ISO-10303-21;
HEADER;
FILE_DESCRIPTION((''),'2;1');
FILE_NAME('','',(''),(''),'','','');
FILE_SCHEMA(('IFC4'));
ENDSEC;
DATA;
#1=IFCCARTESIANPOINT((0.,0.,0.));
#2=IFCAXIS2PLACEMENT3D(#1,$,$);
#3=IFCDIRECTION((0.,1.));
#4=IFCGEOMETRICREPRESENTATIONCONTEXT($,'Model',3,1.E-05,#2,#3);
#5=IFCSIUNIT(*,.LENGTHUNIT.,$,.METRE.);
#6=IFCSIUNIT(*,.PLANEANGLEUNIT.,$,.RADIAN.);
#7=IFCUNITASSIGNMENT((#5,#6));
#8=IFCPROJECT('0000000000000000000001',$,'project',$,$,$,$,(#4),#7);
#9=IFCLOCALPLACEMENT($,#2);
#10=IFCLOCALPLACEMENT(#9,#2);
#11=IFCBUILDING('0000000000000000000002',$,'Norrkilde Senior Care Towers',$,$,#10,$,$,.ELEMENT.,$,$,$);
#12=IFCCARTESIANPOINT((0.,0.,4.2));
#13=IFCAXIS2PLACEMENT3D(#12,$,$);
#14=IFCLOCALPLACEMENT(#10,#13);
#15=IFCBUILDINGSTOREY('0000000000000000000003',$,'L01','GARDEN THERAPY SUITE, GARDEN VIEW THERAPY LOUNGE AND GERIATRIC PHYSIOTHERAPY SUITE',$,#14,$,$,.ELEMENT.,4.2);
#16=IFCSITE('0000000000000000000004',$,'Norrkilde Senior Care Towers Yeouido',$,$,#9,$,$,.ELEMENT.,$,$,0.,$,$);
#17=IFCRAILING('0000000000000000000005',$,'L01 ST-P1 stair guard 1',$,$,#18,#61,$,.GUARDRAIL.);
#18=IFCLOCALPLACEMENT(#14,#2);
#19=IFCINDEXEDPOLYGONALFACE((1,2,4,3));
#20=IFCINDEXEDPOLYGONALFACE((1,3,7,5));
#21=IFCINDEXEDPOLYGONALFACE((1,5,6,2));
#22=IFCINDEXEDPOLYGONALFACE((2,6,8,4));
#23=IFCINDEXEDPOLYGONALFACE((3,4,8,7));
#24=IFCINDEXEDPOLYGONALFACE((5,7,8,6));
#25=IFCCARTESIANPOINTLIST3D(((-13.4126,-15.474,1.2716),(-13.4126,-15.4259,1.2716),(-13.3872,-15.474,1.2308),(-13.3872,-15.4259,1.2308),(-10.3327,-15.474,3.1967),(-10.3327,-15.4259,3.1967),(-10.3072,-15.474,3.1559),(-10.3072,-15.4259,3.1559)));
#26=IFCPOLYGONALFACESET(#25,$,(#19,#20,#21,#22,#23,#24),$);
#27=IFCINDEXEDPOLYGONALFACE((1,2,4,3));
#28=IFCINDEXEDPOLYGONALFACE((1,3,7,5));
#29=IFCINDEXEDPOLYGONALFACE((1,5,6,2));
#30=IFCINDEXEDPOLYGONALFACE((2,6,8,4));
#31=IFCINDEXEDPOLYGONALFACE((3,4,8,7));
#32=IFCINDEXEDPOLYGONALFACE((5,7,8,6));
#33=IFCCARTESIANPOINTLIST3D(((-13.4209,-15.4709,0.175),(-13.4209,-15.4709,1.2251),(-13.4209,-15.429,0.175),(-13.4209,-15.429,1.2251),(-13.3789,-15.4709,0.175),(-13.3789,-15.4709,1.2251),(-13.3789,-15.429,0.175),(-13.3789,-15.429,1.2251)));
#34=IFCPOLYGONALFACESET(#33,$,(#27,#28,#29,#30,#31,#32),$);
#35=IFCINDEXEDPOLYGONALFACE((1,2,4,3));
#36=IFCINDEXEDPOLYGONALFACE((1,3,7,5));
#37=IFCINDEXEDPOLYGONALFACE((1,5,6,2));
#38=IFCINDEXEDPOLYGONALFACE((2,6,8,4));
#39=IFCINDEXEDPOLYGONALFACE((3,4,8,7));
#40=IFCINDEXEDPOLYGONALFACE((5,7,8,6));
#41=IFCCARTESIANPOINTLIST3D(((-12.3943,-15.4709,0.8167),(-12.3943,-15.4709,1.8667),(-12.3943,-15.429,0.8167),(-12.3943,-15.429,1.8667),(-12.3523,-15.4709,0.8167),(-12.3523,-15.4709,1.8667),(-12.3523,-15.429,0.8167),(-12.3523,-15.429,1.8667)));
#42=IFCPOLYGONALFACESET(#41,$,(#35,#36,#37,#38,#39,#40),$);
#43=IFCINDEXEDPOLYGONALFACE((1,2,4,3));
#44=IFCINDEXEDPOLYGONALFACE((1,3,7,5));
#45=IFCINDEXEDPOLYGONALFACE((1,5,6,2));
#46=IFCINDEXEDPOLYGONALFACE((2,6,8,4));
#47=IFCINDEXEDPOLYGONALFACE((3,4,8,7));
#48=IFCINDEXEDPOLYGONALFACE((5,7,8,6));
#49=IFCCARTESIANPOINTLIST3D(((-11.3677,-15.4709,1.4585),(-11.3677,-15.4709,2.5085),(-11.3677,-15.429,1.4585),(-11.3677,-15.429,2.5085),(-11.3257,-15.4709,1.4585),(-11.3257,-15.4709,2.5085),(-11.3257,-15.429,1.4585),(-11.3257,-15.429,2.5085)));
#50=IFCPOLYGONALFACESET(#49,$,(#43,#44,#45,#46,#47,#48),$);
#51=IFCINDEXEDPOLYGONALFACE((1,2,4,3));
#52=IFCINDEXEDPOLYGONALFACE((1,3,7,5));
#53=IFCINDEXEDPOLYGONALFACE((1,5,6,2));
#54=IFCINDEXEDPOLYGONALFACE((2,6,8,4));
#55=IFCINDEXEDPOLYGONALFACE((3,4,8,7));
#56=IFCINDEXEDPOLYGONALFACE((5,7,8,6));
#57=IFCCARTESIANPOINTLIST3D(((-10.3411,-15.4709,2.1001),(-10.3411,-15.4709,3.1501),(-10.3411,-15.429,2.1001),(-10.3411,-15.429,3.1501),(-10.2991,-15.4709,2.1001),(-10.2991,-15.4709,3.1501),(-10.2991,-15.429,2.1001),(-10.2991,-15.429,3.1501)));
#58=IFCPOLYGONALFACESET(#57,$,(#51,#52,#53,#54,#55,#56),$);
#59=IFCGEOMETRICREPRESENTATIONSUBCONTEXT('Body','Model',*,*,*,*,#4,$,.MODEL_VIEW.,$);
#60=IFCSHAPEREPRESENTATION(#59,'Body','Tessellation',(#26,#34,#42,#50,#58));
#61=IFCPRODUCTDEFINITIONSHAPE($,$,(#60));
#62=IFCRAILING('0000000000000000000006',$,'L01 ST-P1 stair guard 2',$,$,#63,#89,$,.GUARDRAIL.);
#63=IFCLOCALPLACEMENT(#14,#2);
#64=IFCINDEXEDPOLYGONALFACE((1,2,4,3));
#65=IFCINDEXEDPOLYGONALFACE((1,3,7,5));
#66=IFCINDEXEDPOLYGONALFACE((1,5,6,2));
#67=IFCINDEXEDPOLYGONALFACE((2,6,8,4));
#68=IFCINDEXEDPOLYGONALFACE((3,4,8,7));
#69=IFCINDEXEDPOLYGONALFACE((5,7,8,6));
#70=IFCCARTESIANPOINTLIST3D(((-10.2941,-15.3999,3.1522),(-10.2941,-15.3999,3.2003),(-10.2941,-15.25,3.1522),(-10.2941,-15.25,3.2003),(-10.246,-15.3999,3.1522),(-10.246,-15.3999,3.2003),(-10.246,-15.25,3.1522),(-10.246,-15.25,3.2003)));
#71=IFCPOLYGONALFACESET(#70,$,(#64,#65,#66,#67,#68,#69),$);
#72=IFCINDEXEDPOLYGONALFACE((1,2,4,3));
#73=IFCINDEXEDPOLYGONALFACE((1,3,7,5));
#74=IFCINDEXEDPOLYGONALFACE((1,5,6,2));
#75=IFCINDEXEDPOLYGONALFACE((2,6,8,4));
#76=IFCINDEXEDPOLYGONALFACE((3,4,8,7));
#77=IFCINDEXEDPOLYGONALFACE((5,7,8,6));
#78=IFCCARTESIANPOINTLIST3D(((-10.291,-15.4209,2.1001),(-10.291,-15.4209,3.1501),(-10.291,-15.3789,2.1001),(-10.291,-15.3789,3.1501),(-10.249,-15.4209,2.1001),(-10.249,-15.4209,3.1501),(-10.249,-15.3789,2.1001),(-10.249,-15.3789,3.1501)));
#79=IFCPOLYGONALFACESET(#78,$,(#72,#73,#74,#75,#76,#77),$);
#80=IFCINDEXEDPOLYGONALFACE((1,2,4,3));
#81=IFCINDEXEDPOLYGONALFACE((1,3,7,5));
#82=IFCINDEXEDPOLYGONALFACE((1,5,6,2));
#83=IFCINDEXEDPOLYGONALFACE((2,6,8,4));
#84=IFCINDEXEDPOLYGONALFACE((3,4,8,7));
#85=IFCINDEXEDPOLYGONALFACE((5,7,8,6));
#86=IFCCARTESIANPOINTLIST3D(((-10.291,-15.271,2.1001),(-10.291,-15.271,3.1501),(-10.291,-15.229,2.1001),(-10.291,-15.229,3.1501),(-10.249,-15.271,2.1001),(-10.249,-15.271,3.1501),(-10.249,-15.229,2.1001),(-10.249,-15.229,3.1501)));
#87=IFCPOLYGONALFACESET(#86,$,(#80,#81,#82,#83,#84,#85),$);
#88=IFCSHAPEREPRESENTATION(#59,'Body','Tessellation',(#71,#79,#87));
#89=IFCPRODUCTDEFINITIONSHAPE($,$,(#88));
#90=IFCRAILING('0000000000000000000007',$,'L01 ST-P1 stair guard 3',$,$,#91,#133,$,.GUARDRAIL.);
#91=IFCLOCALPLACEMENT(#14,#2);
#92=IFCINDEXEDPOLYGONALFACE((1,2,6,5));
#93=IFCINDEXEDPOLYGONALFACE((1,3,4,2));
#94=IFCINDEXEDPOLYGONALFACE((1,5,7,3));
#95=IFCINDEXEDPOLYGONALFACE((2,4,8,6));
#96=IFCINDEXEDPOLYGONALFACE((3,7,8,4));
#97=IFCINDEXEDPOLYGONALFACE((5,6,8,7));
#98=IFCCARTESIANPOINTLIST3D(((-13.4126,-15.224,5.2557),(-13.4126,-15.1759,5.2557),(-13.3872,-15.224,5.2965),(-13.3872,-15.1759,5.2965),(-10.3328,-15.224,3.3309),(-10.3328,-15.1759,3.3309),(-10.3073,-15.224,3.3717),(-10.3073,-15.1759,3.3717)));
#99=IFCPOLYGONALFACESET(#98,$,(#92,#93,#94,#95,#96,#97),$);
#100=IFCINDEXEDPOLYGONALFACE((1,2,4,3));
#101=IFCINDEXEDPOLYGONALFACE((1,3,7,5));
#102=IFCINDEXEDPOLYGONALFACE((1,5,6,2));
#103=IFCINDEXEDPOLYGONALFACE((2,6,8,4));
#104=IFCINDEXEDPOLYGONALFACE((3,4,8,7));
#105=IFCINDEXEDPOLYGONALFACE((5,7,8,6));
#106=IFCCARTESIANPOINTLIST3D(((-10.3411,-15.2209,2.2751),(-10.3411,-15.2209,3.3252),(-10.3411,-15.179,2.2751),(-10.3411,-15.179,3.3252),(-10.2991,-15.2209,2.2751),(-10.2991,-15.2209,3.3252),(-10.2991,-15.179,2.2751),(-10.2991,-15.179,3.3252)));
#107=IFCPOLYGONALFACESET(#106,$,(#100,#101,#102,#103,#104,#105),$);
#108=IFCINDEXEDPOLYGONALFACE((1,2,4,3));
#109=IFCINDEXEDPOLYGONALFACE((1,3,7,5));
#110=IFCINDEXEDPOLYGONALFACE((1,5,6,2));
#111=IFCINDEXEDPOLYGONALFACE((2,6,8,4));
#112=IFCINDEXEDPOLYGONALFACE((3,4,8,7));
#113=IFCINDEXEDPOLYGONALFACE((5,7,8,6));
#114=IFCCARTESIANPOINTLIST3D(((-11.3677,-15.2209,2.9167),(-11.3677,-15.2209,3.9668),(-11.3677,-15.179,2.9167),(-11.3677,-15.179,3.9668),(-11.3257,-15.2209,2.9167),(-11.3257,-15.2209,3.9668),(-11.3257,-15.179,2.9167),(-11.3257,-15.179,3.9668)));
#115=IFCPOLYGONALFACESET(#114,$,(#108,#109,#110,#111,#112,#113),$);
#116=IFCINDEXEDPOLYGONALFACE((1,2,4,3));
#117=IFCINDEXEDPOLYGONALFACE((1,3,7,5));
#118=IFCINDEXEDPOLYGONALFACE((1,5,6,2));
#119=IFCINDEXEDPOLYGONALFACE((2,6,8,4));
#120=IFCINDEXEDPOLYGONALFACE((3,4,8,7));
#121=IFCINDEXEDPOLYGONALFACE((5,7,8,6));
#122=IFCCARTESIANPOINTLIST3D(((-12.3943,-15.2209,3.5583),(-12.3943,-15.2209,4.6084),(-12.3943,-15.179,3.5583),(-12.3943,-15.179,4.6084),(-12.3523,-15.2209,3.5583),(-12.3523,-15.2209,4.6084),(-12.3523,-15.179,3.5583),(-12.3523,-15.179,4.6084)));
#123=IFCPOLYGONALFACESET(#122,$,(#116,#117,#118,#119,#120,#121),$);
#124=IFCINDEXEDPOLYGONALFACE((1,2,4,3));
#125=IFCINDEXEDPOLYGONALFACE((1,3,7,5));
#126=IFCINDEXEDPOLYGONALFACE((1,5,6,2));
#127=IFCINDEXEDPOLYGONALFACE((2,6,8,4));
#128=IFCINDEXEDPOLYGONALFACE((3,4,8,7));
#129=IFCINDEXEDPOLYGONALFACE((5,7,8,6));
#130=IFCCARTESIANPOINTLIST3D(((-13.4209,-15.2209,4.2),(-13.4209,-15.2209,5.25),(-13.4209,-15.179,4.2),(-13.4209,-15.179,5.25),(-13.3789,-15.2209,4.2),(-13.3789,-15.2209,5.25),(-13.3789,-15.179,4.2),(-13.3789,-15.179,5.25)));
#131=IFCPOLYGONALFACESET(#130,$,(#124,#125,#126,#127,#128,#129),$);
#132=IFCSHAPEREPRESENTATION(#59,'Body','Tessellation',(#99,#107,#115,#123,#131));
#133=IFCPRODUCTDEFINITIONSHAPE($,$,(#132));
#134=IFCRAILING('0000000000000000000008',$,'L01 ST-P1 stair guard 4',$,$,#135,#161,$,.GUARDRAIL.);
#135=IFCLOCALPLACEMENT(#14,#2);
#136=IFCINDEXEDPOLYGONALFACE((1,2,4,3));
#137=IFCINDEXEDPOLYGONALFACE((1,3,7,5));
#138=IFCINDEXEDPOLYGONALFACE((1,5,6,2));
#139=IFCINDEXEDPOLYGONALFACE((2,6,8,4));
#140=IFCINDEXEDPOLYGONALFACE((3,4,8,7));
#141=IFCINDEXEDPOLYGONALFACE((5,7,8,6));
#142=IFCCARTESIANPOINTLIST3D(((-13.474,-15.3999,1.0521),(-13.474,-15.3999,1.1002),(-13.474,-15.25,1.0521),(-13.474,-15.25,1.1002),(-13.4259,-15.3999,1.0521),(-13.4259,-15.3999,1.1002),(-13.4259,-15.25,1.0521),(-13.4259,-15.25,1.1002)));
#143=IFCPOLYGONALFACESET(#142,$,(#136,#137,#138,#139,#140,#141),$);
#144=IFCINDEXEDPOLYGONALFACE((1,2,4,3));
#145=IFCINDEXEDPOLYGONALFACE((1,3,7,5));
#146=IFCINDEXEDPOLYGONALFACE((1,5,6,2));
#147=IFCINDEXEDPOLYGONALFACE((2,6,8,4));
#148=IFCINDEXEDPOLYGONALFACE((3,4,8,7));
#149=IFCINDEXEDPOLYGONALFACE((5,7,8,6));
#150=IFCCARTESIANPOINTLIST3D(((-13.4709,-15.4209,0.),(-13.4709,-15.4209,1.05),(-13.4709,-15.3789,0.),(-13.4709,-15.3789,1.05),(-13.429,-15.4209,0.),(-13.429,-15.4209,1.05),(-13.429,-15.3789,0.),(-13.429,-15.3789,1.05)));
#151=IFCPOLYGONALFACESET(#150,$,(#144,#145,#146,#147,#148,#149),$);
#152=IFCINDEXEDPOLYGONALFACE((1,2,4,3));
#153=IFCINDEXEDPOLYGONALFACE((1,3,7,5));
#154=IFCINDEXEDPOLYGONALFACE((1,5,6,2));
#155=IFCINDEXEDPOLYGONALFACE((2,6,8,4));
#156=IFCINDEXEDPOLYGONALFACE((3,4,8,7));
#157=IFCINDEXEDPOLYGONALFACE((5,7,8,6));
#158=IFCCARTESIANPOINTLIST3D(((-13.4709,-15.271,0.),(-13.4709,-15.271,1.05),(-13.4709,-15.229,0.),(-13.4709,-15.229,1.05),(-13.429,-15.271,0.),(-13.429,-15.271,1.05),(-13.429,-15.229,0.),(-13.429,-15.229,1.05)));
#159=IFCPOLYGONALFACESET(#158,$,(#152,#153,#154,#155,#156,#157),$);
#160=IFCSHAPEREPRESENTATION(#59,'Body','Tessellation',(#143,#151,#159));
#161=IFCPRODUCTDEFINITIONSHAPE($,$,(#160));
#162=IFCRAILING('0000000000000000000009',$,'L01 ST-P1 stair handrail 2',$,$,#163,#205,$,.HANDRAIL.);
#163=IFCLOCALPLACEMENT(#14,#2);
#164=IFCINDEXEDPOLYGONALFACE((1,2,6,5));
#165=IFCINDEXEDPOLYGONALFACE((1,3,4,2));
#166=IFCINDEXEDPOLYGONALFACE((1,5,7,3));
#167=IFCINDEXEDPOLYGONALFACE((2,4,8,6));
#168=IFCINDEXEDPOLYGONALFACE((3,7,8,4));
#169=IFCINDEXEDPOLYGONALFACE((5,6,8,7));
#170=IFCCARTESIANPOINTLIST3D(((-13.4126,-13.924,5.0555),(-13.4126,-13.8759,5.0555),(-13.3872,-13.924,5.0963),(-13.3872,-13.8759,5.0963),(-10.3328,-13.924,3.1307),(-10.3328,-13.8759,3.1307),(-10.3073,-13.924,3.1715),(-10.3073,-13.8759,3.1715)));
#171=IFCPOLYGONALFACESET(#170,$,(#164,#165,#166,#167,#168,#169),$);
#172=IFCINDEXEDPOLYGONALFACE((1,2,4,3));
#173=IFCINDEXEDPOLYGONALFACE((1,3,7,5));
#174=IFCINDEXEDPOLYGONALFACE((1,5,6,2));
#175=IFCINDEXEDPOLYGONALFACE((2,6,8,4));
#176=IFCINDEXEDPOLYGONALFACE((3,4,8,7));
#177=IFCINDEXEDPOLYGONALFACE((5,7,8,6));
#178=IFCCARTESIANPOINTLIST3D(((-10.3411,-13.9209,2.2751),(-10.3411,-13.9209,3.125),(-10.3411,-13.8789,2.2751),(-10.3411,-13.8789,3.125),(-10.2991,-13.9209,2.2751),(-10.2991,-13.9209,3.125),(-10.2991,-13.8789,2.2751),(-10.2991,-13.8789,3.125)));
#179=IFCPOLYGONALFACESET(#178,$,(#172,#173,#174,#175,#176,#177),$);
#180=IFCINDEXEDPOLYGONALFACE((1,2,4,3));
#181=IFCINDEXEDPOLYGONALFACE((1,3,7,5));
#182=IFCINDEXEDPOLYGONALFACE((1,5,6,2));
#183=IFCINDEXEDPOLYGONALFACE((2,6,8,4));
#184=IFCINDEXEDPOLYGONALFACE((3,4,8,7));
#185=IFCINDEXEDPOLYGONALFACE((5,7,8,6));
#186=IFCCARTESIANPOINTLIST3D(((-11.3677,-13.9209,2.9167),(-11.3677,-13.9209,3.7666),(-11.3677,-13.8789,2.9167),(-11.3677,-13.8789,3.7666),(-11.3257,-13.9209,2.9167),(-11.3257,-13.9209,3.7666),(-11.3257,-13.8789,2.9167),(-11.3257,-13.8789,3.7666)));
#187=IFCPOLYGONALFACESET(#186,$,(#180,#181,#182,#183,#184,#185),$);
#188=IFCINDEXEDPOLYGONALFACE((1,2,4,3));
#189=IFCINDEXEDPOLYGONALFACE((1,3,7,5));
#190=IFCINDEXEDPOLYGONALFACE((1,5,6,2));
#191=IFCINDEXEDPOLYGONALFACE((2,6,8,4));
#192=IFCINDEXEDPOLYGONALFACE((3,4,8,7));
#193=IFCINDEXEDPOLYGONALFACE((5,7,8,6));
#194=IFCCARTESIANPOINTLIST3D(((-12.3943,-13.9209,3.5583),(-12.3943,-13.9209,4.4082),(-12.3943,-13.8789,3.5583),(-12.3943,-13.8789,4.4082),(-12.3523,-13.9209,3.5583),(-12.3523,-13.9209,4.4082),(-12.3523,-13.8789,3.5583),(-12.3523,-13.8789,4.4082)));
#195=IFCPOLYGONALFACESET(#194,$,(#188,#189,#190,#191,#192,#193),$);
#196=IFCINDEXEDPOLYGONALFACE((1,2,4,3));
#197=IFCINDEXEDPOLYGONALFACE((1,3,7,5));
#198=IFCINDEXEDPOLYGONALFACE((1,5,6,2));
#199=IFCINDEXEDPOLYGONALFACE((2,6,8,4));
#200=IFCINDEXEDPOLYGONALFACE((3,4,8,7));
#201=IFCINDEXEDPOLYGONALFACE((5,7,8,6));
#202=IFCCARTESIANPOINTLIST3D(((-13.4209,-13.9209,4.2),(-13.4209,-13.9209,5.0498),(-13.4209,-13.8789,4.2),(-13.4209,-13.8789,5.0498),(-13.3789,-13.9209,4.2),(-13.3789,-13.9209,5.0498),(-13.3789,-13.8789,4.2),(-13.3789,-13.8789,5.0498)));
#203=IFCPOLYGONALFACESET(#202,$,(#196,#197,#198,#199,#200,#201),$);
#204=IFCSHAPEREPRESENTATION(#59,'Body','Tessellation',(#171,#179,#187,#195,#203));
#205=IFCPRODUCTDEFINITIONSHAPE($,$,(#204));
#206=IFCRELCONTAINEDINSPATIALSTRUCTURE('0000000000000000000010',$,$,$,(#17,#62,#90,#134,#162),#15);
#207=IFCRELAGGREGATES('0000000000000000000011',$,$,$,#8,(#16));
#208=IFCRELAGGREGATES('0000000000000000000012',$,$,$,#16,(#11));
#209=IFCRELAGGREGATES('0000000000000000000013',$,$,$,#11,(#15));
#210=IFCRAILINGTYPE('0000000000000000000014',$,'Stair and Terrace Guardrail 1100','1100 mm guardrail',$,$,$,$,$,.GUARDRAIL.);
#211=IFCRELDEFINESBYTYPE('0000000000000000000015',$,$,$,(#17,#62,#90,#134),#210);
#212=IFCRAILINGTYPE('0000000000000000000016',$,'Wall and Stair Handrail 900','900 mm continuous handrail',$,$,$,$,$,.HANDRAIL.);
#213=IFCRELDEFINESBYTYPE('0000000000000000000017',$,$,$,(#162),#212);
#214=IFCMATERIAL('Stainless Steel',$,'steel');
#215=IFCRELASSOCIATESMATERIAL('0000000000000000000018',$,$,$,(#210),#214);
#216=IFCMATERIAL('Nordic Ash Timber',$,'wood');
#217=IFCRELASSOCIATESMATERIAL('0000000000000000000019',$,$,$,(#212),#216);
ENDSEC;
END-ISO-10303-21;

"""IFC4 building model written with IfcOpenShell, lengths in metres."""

from ifc_helpers import new_model, si_unit, direction, frame, origin, origin_2d, place, context, subcontext, project, spatial, rectangle, extrude, material, type_object, element, save


model = new_model("IFC4")

# Units and contexts
model_context = context("Model", 3, precision=1e-05, world=origin(), true_north=direction((0.0, 1.0)))
body_context = subcontext(model_context, "Body", "Model", "MODEL_VIEW")
ifc_project = project(units=[si_unit("LENGTHUNIT", "METRE"), si_unit("PLANEANGLEUNIT", "RADIAN")], contexts=[model_context])

# Site, building, storey
site_placement = place(None, origin())
site = spatial("IfcSite", under=ifc_project, at=site_placement, Name="Norrkilde Senior Care Towers Yeouido", CompositionType="ELEMENT", RefElevation=0.0)
building_placement = place(site_placement, origin())
building = spatial("IfcBuilding", under=site, at=building_placement, Name="Norrkilde Senior Care Towers", CompositionType="ELEMENT")
storey_placement = place(building_placement, frame((0.0, 0.0, 4.2)))
storey = spatial("IfcBuildingStorey", under=building, at=storey_placement, Name="L01", Description="GARDEN THERAPY SUITE, GARDEN VIEW THERAPY LOUNGE AND GERIATRIC PHYSIOTHERAPY SUITE", CompositionType="ELEMENT", Elevation=4.2)

# Shared definitions
ifc_material_1 = material(Name="Nordic Ash Timber", Category="wood")

# Railings
ifc_material_2 = material(Name="Stainless Steel", Category="steel")
railing_type_1 = type_object("IfcRailingType", Name="Stair and Terrace Guardrail 1100", Description="1100 mm guardrail", PredefinedType="GUARDRAIL", material=ifc_material_2)
railing_1_placement = place(storey_placement, frame((-13.3999, -15.45, 0.175)))
element("IfcRailing", 1, at=railing_1_placement, inside=storey, type_object=railing_type_1, Name="L01 ST-P1 stair guard 1", PredefinedType="GUARDRAIL", context=body_context, shape_type="SweptSolid", body=[
    extrude(rectangle(XDim=0.0481, YDim=0.0481, at=origin_2d()), frame((0.0, 0.0, 1.0762), z_axis=(0.847979, 0.0, 0.530029), x_axis=(0.0, 1.0, 0.0)), (0.0, 0.0, 1.0), 3.6321),
    extrude(rectangle(XDim=0.042, YDim=0.042, at=origin_2d()), origin(), (0.0, 0.0, 1.0), 1.05),
    extrude(rectangle(XDim=0.042, YDim=0.042, at=origin_2d()), frame((1.0266, 0.0, 0.6416)), (0.0, 0.0, 1.0), 1.05),
    extrude(rectangle(XDim=0.042, YDim=0.042, at=origin_2d()), frame((2.0532, 0.0, 1.2834)), (0.0, 0.0, 1.0), 1.05),
    extrude(rectangle(XDim=0.042, YDim=0.042, at=origin_2d()), frame((3.0798, 0.0, 1.925)), (0.0, 0.0, 1.0), 1.05),
])
railing_2_placement = place(storey_placement, frame((-10.27, -15.3999, 2.1001)))
element("IfcRailing", 2, at=railing_2_placement, inside=storey, type_object=railing_type_1, Name="L01 ST-P1 stair guard 2", PredefinedType="GUARDRAIL", context=body_context, shape_type="SweptSolid", body=[
    extrude(rectangle(XDim=0.0481, YDim=0.0481, at=origin_2d()), frame((0.0, 0.0, 1.0762), z_axis=(0.0, 1.0, 0.0), x_axis=(-1.0, 0.0, 0.0)), (0.0, 0.0, 1.0), 0.1499),
    extrude(rectangle(XDim=0.042, YDim=0.042, at=origin_2d()), origin(), (0.0, 0.0, 1.0), 1.05),
    extrude(rectangle(XDim=0.042, YDim=0.042, at=origin_2d()), frame((0.0, 0.1499, 0.0)), (0.0, 0.0, 1.0), 1.05),
])
railing_3_placement = place(storey_placement, frame((-10.3201, -15.2, 2.2751)))
element("IfcRailing", 3, at=railing_3_placement, inside=storey, type_object=railing_type_1, Name="L01 ST-P1 stair guard 3", PredefinedType="GUARDRAIL", context=body_context, shape_type="SweptSolid", body=[
    extrude(rectangle(XDim=0.0481, YDim=0.0481, at=origin_2d()), frame((0.0, 0.0, 1.0762), z_axis=(-0.84801, 0.0, 0.529981), x_axis=(0.0, -1.0, 0.0)), (0.0, 0.0, 1.0), 3.6318),
    extrude(rectangle(XDim=0.042, YDim=0.042, at=origin_2d()), origin(), (0.0, 0.0, 1.0), 1.05),
    extrude(rectangle(XDim=0.042, YDim=0.042, at=origin_2d()), frame((-1.0266, 0.0, 0.6416)), (0.0, 0.0, 1.0), 1.05),
    extrude(rectangle(XDim=0.042, YDim=0.042, at=origin_2d()), frame((-2.0532, 0.0, 1.2832)), (0.0, 0.0, 1.0), 1.05),
    extrude(rectangle(XDim=0.042, YDim=0.042, at=origin_2d()), frame((-3.0798, 0.0, 1.9248)), (0.0, 0.0, 1.0), 1.05),
])
railing_4_placement = place(storey_placement, frame((-13.45, -15.3999, 0.0)))
element("IfcRailing", 4, at=railing_4_placement, inside=storey, type_object=railing_type_1, Name="L01 ST-P1 stair guard 4", PredefinedType="GUARDRAIL", context=body_context, shape_type="SweptSolid", body=[
    extrude(rectangle(XDim=0.0481, YDim=0.0481, at=origin_2d()), frame((0.0, 0.0, 1.0762), z_axis=(0.0, 1.0, 0.0), x_axis=(-1.0, 0.0, 0.0)), (0.0, 0.0, 1.0), 0.1499),
    extrude(rectangle(XDim=0.042, YDim=0.042, at=origin_2d()), origin(), (0.0, 0.0, 1.0), 1.05),
    extrude(rectangle(XDim=0.042, YDim=0.042, at=origin_2d()), frame((0.0, 0.1499, 0.0)), (0.0, 0.0, 1.0), 1.05),
])
railing_type_2 = type_object("IfcRailingType", Name="Wall and Stair Handrail 900", Description="900 mm continuous handrail", PredefinedType="HANDRAIL", material=ifc_material_1)
railing_5_placement = place(storey_placement, frame((-10.3201, -13.8999, 2.2751)))
element("IfcRailing", 5, at=railing_5_placement, inside=storey, type_object=railing_type_2, Name="L01 ST-P1 stair handrail 2", PredefinedType="HANDRAIL", context=body_context, shape_type="SweptSolid", body=[
    extrude(rectangle(XDim=0.0481, YDim=0.0481, at=origin_2d()), frame((0.0, 0.0, 0.876), z_axis=(-0.84801, 0.0, 0.529981), x_axis=(0.0, -1.0, 0.0)), (0.0, 0.0, 1.0), 3.6318),
    extrude(rectangle(XDim=0.042, YDim=0.042, at=origin_2d()), origin(), (0.0, 0.0, 1.0), 0.8499),
    extrude(rectangle(XDim=0.042, YDim=0.042, at=origin_2d()), frame((-1.0266, 0.0, 0.6416)), (0.0, 0.0, 1.0), 0.8499),
    extrude(rectangle(XDim=0.042, YDim=0.042, at=origin_2d()), frame((-2.0532, 0.0, 1.2832)), (0.0, 0.0, 1.0), 0.8499),
    extrude(rectangle(XDim=0.042, YDim=0.042, at=origin_2d()), frame((-3.0798, 0.0, 1.9248)), (0.0, 0.0, 1.0), 0.8499),
])

save(model, "model.ifc")
